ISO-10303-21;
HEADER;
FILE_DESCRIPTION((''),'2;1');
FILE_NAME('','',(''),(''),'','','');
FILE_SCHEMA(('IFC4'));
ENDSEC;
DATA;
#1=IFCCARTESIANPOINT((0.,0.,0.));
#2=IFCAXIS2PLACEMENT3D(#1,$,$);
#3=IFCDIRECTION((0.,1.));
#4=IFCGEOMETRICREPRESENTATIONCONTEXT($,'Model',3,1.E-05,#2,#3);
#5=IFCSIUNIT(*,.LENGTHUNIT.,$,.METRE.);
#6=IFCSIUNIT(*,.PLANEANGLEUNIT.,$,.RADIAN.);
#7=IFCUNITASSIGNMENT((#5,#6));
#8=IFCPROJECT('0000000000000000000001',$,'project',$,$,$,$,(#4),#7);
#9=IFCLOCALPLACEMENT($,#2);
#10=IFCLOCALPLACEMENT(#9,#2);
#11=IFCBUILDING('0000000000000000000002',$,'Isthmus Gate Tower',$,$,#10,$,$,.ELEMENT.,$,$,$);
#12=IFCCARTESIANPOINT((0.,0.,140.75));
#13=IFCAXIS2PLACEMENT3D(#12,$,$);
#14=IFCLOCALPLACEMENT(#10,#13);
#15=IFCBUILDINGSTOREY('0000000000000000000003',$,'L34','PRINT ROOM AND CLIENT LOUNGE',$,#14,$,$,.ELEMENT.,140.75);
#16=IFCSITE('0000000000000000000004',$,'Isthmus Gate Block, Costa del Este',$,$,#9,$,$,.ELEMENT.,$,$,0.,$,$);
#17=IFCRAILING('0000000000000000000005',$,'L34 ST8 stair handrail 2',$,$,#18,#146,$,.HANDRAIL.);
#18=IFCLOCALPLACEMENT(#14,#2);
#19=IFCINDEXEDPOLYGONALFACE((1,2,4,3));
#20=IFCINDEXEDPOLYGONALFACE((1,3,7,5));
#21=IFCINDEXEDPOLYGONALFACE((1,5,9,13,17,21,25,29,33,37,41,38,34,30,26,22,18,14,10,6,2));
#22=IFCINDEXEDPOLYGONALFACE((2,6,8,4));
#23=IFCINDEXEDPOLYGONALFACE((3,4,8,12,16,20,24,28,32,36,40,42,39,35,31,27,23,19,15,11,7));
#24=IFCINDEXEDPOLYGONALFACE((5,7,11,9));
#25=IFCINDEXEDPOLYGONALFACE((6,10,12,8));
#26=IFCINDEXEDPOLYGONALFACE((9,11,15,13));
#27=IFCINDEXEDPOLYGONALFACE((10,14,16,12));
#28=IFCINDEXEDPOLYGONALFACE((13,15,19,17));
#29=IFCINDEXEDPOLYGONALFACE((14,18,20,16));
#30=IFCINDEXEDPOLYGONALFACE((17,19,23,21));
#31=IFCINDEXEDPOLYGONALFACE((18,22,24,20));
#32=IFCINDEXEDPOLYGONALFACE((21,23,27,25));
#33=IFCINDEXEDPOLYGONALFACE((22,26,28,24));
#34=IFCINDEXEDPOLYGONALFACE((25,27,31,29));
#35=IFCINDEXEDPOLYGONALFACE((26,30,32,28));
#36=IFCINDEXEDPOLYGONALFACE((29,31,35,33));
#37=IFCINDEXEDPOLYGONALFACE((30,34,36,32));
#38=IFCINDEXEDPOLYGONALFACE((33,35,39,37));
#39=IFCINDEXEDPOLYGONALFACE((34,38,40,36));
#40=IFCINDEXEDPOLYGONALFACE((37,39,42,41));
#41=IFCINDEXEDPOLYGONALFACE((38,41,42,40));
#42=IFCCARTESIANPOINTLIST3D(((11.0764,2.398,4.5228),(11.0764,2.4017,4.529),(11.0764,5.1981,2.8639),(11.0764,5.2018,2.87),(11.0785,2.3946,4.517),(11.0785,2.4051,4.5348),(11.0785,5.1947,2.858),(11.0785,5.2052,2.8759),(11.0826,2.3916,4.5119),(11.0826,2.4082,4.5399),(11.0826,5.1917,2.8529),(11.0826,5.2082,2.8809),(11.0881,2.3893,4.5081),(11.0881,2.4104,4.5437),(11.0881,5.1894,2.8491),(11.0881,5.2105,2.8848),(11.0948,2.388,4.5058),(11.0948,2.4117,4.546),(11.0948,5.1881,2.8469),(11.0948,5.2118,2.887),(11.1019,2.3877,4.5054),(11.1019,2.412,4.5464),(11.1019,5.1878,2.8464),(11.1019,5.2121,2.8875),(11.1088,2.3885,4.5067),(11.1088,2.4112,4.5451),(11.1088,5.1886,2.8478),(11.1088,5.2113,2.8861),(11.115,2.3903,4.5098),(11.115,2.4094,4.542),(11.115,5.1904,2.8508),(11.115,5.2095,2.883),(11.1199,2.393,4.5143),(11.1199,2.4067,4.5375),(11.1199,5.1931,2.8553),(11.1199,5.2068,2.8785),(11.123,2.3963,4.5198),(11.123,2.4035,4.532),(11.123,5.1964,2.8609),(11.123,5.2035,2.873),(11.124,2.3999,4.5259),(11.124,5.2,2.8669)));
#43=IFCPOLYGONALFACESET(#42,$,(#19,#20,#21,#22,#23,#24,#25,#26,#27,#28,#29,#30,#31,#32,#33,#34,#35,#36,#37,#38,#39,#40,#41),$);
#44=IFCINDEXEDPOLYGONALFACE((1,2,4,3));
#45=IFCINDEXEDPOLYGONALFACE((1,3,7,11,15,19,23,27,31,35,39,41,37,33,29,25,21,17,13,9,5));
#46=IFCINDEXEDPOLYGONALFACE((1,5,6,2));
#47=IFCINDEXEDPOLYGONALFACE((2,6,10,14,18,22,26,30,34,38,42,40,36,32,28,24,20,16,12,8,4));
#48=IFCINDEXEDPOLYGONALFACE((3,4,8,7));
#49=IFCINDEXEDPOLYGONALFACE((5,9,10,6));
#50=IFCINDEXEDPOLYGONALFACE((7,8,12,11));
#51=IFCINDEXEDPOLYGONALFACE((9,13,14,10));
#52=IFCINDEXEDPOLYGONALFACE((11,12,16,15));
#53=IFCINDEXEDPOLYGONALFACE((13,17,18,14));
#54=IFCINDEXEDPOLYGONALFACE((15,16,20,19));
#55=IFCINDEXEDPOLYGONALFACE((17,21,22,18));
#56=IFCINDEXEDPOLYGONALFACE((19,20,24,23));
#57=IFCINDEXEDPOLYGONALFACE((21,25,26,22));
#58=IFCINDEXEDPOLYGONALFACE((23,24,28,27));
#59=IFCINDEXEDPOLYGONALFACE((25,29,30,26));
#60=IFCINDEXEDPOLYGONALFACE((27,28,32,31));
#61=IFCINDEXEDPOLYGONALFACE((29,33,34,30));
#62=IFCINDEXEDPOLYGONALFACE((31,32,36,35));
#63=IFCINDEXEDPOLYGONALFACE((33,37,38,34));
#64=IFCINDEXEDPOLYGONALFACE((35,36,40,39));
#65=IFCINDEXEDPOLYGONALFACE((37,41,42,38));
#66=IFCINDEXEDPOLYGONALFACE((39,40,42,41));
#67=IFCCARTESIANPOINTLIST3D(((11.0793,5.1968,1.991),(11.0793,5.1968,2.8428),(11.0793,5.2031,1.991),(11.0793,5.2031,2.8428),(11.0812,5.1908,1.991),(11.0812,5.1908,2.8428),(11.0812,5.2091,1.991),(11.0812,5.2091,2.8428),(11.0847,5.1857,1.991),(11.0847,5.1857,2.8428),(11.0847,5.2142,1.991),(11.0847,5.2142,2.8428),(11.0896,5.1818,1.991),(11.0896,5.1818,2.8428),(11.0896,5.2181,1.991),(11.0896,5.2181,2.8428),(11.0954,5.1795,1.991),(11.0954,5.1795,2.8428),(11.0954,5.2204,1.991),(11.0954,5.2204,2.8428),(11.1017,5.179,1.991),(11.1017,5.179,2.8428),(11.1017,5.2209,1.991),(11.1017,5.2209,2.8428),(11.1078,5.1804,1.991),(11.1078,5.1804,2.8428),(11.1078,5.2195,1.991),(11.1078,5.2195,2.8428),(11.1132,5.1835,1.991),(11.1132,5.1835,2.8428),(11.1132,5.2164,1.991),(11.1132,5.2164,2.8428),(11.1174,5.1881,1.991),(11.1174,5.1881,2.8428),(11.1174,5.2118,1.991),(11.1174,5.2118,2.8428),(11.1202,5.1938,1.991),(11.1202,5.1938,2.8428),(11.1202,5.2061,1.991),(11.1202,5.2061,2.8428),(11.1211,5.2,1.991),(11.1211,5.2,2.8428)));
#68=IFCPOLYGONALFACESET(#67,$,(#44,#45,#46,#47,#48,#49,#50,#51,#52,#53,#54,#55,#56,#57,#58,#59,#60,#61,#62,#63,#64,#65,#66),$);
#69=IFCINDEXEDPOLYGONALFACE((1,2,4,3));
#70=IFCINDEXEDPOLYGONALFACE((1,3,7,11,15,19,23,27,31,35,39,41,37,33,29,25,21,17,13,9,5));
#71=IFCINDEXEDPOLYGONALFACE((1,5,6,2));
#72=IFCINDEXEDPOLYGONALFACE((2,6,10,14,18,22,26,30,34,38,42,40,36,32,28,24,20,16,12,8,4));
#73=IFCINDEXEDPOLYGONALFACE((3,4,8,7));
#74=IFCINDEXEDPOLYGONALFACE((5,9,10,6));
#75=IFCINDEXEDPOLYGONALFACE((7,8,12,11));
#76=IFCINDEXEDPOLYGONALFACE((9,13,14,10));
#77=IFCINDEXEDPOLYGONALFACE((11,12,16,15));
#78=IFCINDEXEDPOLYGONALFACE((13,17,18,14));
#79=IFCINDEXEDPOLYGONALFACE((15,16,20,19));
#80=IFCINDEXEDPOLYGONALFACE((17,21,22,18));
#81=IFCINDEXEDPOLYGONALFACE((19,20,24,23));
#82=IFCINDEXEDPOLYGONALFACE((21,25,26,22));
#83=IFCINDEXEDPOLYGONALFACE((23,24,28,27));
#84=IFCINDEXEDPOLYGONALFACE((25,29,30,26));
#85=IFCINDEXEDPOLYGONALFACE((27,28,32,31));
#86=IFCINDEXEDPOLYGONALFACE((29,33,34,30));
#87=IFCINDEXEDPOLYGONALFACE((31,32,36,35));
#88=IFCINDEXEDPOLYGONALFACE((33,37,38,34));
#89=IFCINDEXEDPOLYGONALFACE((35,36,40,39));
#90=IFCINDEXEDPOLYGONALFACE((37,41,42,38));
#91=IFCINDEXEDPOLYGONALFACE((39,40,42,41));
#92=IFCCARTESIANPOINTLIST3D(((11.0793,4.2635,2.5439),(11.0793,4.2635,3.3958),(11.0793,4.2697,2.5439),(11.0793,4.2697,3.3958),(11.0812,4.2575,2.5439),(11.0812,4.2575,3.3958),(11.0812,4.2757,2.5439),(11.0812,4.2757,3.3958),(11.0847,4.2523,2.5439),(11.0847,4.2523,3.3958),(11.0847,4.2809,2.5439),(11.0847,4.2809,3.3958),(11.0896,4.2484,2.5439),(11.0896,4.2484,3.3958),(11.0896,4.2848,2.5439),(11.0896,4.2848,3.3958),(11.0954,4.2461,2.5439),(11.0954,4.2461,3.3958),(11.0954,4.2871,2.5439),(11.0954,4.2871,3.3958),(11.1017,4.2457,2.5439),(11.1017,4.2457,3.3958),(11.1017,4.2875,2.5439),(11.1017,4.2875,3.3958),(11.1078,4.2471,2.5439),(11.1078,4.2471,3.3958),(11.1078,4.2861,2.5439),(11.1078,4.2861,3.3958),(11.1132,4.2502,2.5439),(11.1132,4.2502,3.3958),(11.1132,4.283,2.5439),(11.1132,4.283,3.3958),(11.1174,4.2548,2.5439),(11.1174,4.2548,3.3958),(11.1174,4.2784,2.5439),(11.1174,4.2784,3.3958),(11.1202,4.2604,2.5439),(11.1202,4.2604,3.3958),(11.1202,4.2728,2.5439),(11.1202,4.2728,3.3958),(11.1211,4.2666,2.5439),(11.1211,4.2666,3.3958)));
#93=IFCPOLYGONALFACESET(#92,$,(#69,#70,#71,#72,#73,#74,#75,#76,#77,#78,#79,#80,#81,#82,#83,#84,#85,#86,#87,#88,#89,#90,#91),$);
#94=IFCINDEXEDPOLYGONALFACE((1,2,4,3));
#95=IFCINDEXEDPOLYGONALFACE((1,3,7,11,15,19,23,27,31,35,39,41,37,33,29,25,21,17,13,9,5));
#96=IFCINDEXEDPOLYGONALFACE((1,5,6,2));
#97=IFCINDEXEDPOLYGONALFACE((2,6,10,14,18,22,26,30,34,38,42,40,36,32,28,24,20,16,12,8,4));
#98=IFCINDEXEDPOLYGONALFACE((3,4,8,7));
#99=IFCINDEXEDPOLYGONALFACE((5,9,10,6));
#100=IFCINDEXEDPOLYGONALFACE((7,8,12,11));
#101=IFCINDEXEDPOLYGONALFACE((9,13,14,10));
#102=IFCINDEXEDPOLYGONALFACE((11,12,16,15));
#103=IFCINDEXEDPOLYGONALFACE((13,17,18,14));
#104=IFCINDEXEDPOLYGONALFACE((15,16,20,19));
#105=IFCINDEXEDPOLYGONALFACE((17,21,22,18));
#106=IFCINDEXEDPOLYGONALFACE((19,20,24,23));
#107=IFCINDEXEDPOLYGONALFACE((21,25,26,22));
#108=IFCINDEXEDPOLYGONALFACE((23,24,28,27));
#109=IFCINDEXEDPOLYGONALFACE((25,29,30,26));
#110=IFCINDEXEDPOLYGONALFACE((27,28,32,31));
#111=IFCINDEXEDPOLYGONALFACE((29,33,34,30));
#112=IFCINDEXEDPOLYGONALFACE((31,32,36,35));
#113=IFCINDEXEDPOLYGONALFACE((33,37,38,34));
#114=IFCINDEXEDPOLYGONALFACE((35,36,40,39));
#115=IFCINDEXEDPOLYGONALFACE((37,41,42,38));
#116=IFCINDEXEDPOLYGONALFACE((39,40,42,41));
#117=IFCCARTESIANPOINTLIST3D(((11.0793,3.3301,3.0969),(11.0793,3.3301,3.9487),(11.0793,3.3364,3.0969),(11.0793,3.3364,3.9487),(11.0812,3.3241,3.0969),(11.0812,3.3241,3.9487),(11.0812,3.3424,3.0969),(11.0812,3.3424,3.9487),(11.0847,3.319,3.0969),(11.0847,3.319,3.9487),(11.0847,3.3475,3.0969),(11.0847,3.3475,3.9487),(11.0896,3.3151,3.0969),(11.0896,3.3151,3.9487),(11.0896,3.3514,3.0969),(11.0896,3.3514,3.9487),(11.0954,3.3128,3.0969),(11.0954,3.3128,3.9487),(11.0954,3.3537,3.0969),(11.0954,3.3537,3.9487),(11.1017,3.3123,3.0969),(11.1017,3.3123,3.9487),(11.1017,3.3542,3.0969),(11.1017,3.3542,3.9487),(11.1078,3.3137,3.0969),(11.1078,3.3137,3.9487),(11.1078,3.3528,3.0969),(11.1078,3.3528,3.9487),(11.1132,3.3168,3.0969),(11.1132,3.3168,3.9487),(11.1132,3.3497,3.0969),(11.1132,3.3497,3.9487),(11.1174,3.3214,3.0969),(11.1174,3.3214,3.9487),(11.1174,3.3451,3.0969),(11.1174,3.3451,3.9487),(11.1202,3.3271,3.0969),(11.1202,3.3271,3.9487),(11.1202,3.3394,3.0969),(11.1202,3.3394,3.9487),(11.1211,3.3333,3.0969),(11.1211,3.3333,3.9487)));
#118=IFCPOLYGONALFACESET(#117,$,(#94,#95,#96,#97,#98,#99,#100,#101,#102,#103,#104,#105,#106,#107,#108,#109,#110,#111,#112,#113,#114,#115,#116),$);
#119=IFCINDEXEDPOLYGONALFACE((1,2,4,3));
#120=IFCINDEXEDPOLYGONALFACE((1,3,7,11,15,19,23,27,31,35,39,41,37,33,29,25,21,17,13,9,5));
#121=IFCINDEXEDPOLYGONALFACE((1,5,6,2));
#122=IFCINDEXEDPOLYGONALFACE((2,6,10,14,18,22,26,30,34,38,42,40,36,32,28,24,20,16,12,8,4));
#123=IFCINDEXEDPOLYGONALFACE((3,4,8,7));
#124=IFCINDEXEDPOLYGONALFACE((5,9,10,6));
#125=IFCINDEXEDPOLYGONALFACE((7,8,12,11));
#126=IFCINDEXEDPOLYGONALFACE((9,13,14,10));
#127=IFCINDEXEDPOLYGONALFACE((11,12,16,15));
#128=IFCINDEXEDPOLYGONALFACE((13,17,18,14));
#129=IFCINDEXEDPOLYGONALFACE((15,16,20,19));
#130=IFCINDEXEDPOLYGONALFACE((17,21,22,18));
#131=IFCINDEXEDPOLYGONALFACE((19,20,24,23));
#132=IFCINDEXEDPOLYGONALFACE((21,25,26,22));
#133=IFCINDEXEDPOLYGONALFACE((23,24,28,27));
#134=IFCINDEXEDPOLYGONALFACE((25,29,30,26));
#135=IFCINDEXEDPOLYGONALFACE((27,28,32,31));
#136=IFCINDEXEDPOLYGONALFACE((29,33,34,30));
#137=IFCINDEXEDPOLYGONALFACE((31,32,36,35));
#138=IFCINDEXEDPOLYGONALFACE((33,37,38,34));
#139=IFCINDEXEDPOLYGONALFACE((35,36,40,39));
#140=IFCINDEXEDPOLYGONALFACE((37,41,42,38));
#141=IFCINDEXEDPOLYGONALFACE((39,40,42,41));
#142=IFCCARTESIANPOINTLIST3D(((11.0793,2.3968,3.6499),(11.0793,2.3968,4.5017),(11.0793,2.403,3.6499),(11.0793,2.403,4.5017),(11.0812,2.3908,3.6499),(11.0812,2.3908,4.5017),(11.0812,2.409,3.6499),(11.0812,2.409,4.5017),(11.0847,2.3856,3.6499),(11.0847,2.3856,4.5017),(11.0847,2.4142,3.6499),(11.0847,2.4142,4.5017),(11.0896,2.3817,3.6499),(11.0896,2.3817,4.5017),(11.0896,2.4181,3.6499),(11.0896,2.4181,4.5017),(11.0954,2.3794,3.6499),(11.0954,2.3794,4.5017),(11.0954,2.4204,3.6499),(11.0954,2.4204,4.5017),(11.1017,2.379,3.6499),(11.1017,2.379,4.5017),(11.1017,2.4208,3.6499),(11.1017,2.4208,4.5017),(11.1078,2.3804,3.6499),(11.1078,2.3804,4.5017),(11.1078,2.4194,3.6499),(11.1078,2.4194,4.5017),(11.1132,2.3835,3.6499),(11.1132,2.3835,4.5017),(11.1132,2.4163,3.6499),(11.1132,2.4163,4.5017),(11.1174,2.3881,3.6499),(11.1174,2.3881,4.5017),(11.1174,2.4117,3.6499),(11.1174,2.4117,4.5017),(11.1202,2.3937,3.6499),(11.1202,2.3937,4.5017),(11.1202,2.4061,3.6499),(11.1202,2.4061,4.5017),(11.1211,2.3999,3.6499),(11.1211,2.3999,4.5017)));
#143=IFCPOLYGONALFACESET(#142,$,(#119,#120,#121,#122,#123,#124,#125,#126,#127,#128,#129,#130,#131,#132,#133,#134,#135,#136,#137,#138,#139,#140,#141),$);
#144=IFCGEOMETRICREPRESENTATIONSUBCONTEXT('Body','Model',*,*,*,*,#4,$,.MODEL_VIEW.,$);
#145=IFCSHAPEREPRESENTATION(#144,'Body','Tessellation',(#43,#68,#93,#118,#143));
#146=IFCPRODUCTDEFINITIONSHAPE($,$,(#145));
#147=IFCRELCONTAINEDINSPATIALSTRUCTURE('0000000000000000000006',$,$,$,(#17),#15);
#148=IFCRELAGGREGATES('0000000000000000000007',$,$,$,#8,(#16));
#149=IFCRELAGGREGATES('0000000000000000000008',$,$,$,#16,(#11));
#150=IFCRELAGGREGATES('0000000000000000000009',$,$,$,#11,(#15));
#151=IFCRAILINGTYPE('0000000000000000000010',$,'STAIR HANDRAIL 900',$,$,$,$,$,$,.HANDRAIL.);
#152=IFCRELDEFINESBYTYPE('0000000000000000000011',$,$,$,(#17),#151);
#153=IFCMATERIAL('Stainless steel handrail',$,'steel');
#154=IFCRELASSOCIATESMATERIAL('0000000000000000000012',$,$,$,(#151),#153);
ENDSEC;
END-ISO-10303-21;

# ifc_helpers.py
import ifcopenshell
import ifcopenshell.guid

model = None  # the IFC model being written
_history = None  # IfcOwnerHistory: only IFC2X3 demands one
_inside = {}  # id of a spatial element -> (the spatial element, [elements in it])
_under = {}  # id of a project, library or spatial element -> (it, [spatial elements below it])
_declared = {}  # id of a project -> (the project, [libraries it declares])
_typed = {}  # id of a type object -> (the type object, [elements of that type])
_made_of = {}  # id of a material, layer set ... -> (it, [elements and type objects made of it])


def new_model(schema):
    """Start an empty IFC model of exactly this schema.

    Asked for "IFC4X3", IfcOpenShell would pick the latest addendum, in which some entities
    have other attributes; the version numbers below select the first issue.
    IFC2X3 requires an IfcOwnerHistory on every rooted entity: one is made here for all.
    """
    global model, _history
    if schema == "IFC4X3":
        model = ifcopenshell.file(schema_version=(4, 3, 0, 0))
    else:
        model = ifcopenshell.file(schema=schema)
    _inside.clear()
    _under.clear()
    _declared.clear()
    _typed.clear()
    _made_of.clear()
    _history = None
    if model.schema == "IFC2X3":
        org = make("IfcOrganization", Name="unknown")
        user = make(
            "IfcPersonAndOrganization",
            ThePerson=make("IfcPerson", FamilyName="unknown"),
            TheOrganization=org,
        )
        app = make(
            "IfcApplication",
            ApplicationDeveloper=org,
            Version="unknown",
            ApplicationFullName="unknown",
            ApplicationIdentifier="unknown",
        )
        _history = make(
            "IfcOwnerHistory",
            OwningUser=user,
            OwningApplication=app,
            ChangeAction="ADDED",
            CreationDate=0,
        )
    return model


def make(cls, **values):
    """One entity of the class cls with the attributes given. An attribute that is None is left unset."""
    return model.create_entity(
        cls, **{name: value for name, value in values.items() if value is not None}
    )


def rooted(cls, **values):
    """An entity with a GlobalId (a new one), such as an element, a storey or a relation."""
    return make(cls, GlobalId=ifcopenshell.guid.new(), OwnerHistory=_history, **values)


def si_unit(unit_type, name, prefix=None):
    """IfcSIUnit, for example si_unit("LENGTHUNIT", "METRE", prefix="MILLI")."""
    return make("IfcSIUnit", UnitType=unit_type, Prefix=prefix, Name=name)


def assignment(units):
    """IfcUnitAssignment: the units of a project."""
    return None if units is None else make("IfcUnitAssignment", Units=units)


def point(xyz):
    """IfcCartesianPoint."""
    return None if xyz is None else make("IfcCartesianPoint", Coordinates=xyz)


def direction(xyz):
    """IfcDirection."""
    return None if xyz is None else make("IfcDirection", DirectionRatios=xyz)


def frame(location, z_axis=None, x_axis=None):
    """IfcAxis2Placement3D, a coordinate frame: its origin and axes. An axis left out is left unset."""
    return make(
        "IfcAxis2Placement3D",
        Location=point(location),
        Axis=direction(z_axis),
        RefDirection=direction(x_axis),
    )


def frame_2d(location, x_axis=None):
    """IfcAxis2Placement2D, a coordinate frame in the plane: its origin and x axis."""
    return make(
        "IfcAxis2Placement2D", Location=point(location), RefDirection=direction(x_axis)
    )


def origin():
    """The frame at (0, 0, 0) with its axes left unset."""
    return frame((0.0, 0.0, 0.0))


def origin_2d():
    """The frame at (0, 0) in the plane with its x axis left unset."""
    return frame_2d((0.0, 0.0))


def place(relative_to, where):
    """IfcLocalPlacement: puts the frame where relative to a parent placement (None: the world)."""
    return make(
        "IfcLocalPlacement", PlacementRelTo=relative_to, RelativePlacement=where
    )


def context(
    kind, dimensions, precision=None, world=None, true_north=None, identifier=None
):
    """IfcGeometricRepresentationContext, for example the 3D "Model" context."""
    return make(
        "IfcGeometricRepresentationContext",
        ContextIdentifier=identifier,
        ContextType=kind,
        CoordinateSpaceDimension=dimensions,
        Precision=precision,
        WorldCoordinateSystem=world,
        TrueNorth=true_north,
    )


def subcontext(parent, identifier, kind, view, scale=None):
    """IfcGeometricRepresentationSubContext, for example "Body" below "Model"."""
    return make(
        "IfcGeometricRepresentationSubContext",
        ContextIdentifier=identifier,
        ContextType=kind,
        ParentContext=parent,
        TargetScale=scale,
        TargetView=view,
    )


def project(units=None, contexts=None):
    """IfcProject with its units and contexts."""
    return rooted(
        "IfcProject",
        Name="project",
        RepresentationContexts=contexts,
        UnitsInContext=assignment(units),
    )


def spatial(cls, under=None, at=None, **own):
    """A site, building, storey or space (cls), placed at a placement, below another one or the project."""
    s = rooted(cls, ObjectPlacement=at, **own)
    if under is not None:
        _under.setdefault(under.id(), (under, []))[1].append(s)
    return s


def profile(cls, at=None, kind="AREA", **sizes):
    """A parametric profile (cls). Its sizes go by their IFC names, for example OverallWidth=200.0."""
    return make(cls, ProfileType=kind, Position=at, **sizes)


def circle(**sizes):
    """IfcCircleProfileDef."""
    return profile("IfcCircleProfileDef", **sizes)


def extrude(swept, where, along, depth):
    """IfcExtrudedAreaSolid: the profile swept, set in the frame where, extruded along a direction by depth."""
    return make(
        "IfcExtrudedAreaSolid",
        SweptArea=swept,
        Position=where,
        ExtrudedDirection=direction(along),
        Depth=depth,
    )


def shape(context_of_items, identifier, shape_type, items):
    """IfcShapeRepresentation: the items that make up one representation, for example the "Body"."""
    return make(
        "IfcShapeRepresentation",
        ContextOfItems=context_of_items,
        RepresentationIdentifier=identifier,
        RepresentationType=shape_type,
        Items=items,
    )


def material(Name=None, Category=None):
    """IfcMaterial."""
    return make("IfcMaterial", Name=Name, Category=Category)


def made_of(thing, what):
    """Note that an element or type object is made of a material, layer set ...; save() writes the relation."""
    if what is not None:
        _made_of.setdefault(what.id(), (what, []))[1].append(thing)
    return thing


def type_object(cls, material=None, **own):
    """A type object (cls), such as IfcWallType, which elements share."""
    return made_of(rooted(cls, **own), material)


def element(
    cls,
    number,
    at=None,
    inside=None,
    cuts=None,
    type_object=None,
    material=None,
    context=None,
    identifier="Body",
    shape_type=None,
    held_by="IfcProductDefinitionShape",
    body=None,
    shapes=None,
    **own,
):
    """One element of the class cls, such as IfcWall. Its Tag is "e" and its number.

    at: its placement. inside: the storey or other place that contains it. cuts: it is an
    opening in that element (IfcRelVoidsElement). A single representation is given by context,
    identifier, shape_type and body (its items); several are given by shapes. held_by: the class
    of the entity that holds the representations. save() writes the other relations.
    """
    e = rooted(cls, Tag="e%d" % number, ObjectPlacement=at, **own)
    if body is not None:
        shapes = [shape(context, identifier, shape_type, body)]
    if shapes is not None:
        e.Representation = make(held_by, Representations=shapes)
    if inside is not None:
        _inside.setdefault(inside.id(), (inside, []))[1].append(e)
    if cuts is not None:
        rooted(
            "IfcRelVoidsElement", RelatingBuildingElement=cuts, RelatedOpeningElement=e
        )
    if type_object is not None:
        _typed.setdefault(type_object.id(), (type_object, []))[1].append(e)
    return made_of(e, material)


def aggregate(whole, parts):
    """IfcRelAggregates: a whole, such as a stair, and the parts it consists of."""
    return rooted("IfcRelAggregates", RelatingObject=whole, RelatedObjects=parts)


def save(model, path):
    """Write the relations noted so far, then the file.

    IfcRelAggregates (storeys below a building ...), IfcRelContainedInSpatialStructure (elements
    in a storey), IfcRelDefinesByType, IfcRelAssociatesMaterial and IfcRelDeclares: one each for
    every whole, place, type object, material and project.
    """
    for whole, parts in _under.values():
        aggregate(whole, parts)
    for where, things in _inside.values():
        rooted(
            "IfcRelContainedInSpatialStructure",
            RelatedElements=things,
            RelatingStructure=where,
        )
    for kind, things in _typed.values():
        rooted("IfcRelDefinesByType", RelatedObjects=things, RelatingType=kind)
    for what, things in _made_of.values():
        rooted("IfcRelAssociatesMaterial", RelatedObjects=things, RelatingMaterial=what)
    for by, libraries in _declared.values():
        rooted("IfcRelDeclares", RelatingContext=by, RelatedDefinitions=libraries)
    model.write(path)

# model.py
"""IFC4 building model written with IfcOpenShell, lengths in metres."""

from ifc_helpers import new_model, si_unit, direction, frame, origin, origin_2d, place, context, subcontext, project, spatial, circle, extrude, material, type_object, element, save


model = new_model("IFC4")

# Units and contexts
model_context = context("Model", 3, precision=1e-05, world=origin(), true_north=direction((0.0, 1.0)))
body_context = subcontext(model_context, "Body", "Model", "MODEL_VIEW")
ifc_project = project(units=[si_unit("LENGTHUNIT", "METRE"), si_unit("PLANEANGLEUNIT", "RADIAN")], contexts=[model_context])

# Site, building, storey
site_placement = place(None, origin())
site = spatial("IfcSite", under=ifc_project, at=site_placement, Name="Isthmus Gate Block, Costa del Este", CompositionType="ELEMENT", RefElevation=0.0)
building_placement = place(site_placement, origin())
building = spatial("IfcBuilding", under=site, at=building_placement, Name="Isthmus Gate Tower", CompositionType="ELEMENT")
storey_placement = place(building_placement, frame((0.0, 0.0, 140.75)))
storey = spatial("IfcBuildingStorey", under=building, at=storey_placement, Name="L34", Description="PRINT ROOM AND CLIENT LOUNGE", CompositionType="ELEMENT", Elevation=140.75)

# Railing
ifc_material_1 = material(Name="Stainless steel handrail", Category="steel")
railing_type_1 = type_object("IfcRailingType", Name="STAIR HANDRAIL 900", PredefinedType="HANDRAIL", material=ifc_material_1)
for number, where, name in (
    (1, (11.1001, 5.2, 1.991), "L34 ST8 stair handrail 2"),
):
    element("IfcRailing", number, at=place(storey_placement, frame(where)), inside=storey, type_object=railing_type_1, Name=name, PredefinedType="HANDRAIL", context=body_context, shape_type="SweptSolid", body=[
        extrude(circle(Radius=0.0239, at=origin_2d()), frame((0.0, 0.0, 0.876), z_axis=(0.0, -0.860339, 0.509722), x_axis=(1.0, 0.0, 0.0)), (0.0, 0.0, 1.0), 3.2546),
        extrude(circle(Radius=0.021, at=origin_2d()), origin(), (0.0, 0.0, 1.0), 0.8518),
        extrude(circle(Radius=0.021, at=origin_2d()), frame((0.0, -0.9333, 0.553)), (0.0, 0.0, 1.0), 0.8518),
        extrude(circle(Radius=0.021, at=origin_2d()), frame((0.0, -1.8667, 1.106)), (0.0, 0.0, 1.0), 0.8518),
        extrude(circle(Radius=0.021, at=origin_2d()), frame((0.0, -2.8, 1.6589)), (0.0, 0.0, 1.0), 0.8518),
    ])

save(model, "model.ifc")
